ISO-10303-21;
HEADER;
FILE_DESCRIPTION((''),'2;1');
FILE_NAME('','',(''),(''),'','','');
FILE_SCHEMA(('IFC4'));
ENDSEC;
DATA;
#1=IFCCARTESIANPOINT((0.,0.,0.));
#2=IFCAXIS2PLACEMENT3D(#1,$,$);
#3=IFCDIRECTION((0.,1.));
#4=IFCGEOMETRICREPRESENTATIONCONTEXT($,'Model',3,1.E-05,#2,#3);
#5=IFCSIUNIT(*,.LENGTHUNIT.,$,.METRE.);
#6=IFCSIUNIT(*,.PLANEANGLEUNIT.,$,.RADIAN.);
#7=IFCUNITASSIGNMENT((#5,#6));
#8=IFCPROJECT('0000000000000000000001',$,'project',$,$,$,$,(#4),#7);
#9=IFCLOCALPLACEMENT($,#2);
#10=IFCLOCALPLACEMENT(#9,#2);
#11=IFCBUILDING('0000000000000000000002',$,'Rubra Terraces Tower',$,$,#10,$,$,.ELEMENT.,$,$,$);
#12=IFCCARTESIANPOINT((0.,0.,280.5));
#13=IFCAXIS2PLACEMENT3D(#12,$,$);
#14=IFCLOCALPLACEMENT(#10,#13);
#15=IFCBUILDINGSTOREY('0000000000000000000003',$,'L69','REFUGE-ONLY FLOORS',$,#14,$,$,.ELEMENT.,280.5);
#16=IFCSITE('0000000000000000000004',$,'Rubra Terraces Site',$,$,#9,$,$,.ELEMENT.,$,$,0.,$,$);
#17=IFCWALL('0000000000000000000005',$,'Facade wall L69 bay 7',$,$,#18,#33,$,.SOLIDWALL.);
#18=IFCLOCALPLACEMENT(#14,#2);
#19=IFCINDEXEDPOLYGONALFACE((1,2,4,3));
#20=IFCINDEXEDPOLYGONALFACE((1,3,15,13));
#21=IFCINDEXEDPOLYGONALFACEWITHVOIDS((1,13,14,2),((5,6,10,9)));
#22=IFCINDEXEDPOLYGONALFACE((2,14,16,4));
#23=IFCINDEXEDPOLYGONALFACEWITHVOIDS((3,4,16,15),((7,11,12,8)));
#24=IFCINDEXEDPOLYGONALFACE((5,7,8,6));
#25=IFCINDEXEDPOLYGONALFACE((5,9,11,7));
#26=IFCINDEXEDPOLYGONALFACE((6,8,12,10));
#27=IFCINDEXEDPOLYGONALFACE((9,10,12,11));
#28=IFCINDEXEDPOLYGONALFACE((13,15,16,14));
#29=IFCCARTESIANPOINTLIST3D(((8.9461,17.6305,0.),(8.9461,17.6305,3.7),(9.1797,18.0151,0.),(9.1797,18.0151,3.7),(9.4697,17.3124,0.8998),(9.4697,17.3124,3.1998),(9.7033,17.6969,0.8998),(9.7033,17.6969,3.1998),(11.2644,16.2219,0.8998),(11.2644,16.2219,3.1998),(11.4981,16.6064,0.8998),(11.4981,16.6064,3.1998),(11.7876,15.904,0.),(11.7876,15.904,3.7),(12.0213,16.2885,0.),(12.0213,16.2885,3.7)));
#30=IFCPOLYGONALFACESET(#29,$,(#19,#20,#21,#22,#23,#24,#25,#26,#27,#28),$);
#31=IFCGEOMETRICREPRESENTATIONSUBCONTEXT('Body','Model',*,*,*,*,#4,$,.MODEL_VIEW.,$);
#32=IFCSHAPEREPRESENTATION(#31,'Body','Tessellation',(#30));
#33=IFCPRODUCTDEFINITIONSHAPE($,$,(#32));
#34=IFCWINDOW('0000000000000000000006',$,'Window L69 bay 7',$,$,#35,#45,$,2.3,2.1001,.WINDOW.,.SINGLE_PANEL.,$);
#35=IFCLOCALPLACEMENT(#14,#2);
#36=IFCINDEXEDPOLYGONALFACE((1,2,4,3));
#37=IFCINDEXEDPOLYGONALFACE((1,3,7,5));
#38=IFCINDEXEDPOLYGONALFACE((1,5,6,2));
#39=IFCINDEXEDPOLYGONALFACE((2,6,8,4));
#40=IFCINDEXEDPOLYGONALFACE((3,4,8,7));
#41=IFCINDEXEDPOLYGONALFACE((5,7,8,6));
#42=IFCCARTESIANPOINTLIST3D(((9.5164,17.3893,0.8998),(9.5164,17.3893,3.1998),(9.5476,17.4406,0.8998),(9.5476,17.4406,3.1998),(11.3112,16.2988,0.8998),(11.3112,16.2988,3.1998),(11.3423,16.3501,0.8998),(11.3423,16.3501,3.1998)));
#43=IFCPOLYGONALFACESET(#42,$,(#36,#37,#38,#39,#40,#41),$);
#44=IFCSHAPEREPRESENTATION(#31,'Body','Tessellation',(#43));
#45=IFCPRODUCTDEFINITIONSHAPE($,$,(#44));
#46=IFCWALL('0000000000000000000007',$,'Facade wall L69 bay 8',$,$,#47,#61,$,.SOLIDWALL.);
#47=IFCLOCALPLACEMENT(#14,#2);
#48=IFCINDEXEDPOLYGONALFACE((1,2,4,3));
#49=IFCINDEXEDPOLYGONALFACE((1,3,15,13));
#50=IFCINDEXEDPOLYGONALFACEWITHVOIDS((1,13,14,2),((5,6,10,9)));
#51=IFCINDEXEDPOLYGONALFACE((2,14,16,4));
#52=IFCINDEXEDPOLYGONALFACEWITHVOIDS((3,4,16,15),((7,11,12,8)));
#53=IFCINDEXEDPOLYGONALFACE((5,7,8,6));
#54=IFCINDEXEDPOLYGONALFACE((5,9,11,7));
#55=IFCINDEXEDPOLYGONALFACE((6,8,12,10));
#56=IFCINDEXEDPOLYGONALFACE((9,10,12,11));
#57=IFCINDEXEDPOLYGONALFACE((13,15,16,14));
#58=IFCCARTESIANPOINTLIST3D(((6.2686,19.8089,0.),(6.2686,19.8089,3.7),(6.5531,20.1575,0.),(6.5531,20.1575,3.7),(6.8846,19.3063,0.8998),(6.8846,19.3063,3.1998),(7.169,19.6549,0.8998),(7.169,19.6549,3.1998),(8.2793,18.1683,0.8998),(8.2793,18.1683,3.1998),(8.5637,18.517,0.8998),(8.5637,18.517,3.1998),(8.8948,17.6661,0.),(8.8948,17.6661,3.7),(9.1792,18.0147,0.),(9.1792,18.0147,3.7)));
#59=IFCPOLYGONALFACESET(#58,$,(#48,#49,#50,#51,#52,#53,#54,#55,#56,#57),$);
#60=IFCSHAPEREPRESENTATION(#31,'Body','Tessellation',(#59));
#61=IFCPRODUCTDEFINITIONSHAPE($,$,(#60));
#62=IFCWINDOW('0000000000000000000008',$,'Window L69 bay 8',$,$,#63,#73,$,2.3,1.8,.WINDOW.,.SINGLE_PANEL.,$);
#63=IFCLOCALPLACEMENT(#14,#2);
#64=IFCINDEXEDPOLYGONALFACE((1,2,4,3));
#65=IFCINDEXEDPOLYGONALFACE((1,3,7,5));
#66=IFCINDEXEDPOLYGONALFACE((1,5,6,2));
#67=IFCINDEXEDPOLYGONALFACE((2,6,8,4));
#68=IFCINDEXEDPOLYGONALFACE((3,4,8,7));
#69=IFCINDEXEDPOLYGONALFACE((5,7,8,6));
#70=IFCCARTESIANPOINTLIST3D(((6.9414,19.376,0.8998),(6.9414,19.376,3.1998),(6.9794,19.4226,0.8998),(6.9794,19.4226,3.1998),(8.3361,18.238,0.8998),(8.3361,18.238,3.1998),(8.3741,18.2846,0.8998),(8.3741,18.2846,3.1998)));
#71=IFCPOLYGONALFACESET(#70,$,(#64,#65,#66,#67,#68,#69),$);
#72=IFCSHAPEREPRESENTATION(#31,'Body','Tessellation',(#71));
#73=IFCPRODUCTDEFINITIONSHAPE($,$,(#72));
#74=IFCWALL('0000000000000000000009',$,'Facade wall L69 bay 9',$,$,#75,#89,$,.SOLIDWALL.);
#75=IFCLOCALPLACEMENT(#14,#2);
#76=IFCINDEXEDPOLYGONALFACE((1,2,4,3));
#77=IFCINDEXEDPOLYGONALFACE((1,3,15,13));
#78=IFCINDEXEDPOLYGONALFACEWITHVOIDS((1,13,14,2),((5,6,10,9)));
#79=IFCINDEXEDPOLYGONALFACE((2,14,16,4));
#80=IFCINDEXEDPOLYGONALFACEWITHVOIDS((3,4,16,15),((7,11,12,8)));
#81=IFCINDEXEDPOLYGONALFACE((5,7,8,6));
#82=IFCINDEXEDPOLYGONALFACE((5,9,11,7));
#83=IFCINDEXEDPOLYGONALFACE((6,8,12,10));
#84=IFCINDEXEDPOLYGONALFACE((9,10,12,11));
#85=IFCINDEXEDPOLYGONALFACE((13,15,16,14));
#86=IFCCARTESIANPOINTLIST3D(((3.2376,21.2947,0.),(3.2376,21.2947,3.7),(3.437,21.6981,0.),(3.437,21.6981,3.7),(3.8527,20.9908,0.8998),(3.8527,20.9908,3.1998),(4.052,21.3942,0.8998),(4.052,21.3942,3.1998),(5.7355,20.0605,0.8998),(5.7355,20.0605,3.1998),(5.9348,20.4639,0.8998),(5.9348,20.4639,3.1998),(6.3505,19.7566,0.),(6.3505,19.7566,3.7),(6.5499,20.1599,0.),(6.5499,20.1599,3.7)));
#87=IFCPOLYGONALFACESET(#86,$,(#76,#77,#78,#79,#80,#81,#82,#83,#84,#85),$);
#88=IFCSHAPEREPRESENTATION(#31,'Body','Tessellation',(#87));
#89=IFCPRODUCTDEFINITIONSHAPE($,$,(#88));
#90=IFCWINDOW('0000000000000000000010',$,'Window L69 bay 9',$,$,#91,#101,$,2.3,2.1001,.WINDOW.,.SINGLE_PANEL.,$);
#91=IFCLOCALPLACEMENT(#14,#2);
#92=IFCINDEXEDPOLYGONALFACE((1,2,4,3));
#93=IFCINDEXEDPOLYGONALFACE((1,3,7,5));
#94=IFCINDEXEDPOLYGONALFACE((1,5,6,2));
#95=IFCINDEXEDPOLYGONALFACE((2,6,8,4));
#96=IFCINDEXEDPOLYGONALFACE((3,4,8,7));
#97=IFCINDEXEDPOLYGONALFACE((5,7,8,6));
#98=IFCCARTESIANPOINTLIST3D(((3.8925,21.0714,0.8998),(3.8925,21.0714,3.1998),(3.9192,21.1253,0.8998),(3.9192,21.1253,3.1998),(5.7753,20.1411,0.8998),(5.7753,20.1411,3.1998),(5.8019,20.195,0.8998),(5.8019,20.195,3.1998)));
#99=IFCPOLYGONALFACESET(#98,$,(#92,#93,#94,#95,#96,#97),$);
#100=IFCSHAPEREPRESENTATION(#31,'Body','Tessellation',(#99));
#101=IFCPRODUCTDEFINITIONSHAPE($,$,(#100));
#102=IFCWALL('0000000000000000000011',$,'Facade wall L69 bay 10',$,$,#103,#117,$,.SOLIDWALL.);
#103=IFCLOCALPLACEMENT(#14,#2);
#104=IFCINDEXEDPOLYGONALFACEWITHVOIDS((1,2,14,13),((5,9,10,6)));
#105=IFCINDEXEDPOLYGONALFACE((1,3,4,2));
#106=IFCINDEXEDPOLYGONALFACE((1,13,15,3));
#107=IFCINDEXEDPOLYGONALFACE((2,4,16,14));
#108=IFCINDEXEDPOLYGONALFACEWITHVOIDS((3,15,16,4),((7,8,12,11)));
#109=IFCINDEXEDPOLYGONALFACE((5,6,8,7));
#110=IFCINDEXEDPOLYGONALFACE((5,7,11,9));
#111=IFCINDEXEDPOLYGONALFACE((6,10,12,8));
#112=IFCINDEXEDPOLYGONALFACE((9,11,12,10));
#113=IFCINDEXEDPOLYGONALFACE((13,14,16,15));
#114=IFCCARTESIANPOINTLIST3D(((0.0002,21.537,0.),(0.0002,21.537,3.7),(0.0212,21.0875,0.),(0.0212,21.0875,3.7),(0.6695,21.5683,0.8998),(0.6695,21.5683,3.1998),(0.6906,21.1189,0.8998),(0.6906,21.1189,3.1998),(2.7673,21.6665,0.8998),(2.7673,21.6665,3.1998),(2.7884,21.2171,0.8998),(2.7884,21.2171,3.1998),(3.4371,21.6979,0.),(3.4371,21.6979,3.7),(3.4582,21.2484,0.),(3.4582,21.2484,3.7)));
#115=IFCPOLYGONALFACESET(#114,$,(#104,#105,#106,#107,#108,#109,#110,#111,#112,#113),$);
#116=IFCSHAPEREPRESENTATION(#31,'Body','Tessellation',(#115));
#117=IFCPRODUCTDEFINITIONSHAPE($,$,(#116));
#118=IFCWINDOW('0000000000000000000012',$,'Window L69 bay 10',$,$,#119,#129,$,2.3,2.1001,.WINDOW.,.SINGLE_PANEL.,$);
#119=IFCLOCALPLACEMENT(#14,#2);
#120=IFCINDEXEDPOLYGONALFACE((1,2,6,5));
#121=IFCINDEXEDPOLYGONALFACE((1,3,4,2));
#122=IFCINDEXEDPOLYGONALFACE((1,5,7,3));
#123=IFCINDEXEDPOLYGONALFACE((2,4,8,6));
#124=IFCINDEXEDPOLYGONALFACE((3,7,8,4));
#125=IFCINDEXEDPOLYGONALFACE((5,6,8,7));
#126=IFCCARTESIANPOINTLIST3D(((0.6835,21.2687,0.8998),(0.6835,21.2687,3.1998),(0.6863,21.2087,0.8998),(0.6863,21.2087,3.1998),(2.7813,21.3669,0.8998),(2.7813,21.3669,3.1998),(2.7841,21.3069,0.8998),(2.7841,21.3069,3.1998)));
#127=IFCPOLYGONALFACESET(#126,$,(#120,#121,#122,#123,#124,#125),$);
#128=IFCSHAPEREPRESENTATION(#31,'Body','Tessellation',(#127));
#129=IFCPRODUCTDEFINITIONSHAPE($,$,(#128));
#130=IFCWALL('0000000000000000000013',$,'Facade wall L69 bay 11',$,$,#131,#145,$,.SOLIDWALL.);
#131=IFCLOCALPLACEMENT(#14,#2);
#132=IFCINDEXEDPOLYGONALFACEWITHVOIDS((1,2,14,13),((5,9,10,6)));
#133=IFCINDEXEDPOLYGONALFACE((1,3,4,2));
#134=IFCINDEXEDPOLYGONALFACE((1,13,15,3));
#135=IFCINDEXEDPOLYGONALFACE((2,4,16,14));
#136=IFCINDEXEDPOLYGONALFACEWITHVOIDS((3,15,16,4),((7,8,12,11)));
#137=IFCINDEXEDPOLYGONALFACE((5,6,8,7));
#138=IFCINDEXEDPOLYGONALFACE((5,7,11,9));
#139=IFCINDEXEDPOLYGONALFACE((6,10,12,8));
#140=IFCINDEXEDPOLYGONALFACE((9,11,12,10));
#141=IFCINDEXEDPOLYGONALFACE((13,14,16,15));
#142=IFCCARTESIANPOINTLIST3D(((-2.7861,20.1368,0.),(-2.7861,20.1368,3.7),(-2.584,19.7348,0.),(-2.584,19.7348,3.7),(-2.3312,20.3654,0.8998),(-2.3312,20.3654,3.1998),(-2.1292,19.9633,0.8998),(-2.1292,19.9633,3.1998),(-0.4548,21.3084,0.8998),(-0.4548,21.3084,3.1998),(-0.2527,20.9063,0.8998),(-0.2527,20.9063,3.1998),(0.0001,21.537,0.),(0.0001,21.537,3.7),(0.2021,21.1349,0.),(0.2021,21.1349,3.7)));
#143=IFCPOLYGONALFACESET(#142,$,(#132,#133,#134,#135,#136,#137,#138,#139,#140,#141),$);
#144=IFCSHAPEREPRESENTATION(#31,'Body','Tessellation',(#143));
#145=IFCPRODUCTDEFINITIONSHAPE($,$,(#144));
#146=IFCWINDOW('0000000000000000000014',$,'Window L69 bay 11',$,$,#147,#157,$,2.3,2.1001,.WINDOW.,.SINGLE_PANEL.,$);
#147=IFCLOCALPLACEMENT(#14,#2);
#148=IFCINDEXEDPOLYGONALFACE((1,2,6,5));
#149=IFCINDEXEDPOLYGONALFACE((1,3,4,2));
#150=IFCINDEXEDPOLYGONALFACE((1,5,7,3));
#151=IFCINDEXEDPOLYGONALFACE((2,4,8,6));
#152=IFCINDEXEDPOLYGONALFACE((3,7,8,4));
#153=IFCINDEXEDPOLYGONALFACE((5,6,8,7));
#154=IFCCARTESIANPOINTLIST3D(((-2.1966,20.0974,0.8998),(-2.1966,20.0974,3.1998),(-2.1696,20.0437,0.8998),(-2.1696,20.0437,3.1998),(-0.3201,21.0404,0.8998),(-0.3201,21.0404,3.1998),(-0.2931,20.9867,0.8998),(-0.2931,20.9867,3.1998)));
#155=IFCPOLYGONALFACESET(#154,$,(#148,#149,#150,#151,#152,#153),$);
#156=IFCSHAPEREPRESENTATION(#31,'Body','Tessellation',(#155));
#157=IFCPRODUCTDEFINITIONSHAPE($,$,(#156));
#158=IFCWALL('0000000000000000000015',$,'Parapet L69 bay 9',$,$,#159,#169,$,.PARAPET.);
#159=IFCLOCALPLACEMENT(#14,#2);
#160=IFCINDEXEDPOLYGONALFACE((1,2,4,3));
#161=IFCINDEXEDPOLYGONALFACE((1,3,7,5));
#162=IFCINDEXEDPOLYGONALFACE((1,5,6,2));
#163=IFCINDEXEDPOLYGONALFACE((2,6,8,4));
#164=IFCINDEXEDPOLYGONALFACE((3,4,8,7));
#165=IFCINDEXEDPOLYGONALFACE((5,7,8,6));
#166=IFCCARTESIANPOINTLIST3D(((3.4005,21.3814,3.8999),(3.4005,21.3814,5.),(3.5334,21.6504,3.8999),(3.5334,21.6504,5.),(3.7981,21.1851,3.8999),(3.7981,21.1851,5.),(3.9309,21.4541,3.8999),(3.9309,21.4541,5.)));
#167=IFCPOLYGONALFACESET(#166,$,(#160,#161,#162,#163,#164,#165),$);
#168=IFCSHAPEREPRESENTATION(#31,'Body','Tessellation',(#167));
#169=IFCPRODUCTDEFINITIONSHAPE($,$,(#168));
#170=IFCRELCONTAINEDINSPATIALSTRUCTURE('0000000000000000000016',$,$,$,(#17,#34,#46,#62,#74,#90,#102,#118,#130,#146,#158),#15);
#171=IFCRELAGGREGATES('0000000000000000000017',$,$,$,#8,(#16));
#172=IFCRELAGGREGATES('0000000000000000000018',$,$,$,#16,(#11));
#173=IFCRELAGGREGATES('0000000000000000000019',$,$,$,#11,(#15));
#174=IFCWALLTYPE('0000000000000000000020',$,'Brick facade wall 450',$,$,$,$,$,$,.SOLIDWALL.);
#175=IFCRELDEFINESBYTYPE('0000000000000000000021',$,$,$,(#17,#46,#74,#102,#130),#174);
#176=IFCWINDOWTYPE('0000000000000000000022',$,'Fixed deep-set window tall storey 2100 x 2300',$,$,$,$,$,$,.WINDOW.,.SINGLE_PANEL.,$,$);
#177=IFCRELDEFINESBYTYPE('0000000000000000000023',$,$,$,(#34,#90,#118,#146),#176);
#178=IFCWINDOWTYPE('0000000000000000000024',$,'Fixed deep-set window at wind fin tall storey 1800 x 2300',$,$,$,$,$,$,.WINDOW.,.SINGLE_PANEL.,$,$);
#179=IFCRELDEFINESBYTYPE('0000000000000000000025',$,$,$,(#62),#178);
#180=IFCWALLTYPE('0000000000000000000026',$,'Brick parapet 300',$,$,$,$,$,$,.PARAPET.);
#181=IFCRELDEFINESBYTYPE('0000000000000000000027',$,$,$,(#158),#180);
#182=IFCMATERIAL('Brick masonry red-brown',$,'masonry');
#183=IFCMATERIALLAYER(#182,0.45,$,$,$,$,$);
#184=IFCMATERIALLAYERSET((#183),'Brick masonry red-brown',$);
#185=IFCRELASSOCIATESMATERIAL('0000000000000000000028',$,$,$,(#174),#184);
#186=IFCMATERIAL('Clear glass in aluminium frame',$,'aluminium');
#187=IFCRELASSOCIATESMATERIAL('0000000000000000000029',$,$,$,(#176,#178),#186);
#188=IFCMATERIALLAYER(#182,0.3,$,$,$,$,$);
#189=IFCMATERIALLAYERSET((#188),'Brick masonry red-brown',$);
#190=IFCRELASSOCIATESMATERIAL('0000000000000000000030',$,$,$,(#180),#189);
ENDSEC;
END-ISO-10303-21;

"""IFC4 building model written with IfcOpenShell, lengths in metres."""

from ifc_helpers import new_model, si_unit, direction, frame, frame_2d, origin, place, context, subcontext, project, spatial, rectangle, extrude, material, layer, layer_set, type_object, element, fill, save


model = new_model("IFC4")

# Units and contexts
model_context = context("Model", 3, precision=1e-05, world=origin(), true_north=direction((0.0, 1.0)))
body_context = subcontext(model_context, "Body", "Model", "MODEL_VIEW")
ifc_project = project(units=[si_unit("LENGTHUNIT", "METRE"), si_unit("PLANEANGLEUNIT", "RADIAN")], contexts=[model_context])

# Site, building, storey
site_placement = place(None, origin())
site = spatial("IfcSite", under=ifc_project, at=site_placement, Name="Rubra Terraces Site", CompositionType="ELEMENT", RefElevation=0.0)
building_placement = place(site_placement, origin())
building = spatial("IfcBuilding", under=site, at=building_placement, Name="Rubra Terraces Tower", CompositionType="ELEMENT")
storey_placement = place(building_placement, frame((0.0, 0.0, 280.5)))
storey = spatial("IfcBuildingStorey", under=building, at=storey_placement, Name="L69", Description="REFUGE-ONLY FLOORS", CompositionType="ELEMENT", Elevation=280.5)

# Walls, openings, windows
ifc_material_1 = material(Name="Brick masonry red-brown", Category="masonry")
ifc_layer_1 = layer(ifc_material_1, 0.45)
ifc_layer_set_1 = layer_set([ifc_layer_1], Name="Brick masonry red-brown")
wall_type_1 = type_object("IfcWallType", Name="Brick facade wall 450", PredefinedType="SOLIDWALL", material=ifc_layer_set_1)
wall_1_placement = place(storey_placement, frame((11.9045, 16.0962, 0.0), z_axis=(0.0, 0.0, 1.0), x_axis=(-0.854609, 0.519271, 0.0)))
wall_1 = element("IfcWall", 1, at=wall_1_placement, inside=storey, type_object=wall_type_1, Name="Facade wall L69 bay 7", PredefinedType="SOLIDWALL", context=body_context, shape_type="SweptSolid", body=[
    extrude(rectangle(XDim=3.325, YDim=0.45, at=frame_2d((1.6626, 0.0))), origin(), (0.0, 0.0, 1.0), 3.7),
])
opening_1_placement = place(wall_1_placement, frame((0.6123, 0.0, 0.8999)))
opening_1 = element("IfcOpeningElement", 2, at=opening_1_placement, cuts=wall_1, PredefinedType="OPENING", context=body_context, shape_type="SweptSolid", body=[
    extrude(rectangle(XDim=2.1001, YDim=2.3, at=frame_2d((1.05, 1.1499))), frame((0.0, 0.2349, 0.0), z_axis=(0.0, -1.0, 0.0), x_axis=(1.0, 0.0, 0.0)), (0.0, 0.0, 1.0), 0.47),
])
ifc_material_2 = material(Name="Clear glass in aluminium frame", Category="aluminium")
window_type_1 = type_object("IfcWindowType", Name="Fixed deep-set window tall storey 2100 x 2300", PartitioningType="SINGLE_PANEL", PredefinedType="WINDOW", material=ifc_material_2)
window_1_placement = place(opening_1_placement, origin())
window_1 = element("IfcWindow", 3, at=window_1_placement, inside=storey, type_object=window_type_1, Name="Window L69 bay 7", OverallHeight=2.3, OverallWidth=2.1001, PartitioningType="SINGLE_PANEL", PredefinedType="WINDOW", context=body_context, shape_type="SweptSolid", body=[
    extrude(rectangle(XDim=2.1001, YDim=2.3, at=frame_2d((1.05, 1.1499))), frame((0.0, 0.135, 0.0), z_axis=(0.0, -1.0, 0.0), x_axis=(1.0, 0.0, 0.0)), (0.0, 0.0, 1.0), 0.0601),
])
fill(opening_1, window_1)
wall_2_placement = place(storey_placement, frame((9.0371, 17.8403, 0.0), z_axis=(0.0, 0.0, 1.0), x_axis=(-0.77481, 0.632194, 0.0)))
wall_2 = element("IfcWall", 4, at=wall_2_placement, inside=storey, type_object=wall_type_1, Name="Facade wall L69 bay 8", PredefinedType="SOLIDWALL", context=body_context, shape_type="SweptSolid", body=[
    extrude(rectangle(XDim=3.3894, YDim=0.45, at=frame_2d((1.6948, 0.0))), origin(), (0.0, 0.0, 1.0), 3.7),
])
opening_2_placement = place(wall_2_placement, frame((0.7947, 0.0, 0.8999)))
opening_2 = element("IfcOpeningElement", 5, at=opening_2_placement, cuts=wall_2, PredefinedType="OPENING", context=body_context, shape_type="SweptSolid", body=[
    extrude(rectangle(XDim=1.8, YDim=2.3, at=frame_2d((0.8999, 1.1499))), frame((0.0, 0.2349, 0.0), z_axis=(0.0, -1.0, 0.0), x_axis=(1.0, 0.0, 0.0)), (0.0, 0.0, 1.0), 0.47),
])
window_type_2 = type_object("IfcWindowType", Name="Fixed deep-set window at wind fin tall storey 1800 x 2300", PartitioningType="SINGLE_PANEL", PredefinedType="WINDOW", material=ifc_material_2)
window_2_placement = place(opening_2_placement, origin())
window_2 = element("IfcWindow", 6, at=window_2_placement, inside=storey, type_object=window_type_2, Name="Window L69 bay 8", OverallHeight=2.3, OverallWidth=1.8, PartitioningType="SINGLE_PANEL", PredefinedType="WINDOW", context=body_context, shape_type="SweptSolid", body=[
    extrude(rectangle(XDim=1.8, YDim=2.3, at=frame_2d((0.8999, 1.1499))), frame((0.0, 0.135, 0.0), z_axis=(0.0, -1.0, 0.0), x_axis=(1.0, 0.0, 0.0)), (0.0, 0.0, 1.0), 0.0601),
])
fill(opening_2, window_2)
wall_3_placement = place(storey_placement, frame((6.4502, 19.9583, 0.0), z_axis=(0.0, 0.0, 1.0), x_axis=(-0.896527, 0.44299, 0.0)))
wall_3 = element("IfcWall", 7, at=wall_3_placement, inside=storey, type_object=wall_type_1, Name="Facade wall L69 bay 9", PredefinedType="SOLIDWALL", context=body_context, shape_type="SweptSolid", body=[
    extrude(rectangle(XDim=3.4722, YDim=0.45, at=frame_2d((1.7361, 0.0))), origin(), (0.0, 0.0, 1.0), 3.7),
])
opening_3_placement = place(wall_3_placement, frame((0.686, 0.0, 0.8999)))
opening_3 = element("IfcOpeningElement", 8, at=opening_3_placement, cuts=wall_3, PredefinedType="OPENING", context=body_context, shape_type="SweptSolid", body=[
    extrude(rectangle(XDim=2.1001, YDim=2.3, at=frame_2d((1.05, 1.1499))), frame((0.0, 0.2349, 0.0), z_axis=(0.0, -1.0, 0.0), x_axis=(1.0, 0.0, 0.0)), (0.0, 0.0, 1.0), 0.47),
])
window_3_placement = place(opening_3_placement, origin())
window_3 = element("IfcWindow", 9, at=window_3_placement, inside=storey, type_object=window_type_1, Name="Window L69 bay 9", OverallHeight=2.3, OverallWidth=2.1001, PartitioningType="SINGLE_PANEL", PredefinedType="WINDOW", context=body_context, shape_type="SweptSolid", body=[
    extrude(rectangle(XDim=2.1001, YDim=2.3, at=frame_2d((1.05, 1.1499))), frame((0.0, 0.135, 0.0), z_axis=(0.0, -1.0, 0.0), x_axis=(1.0, 0.0, 0.0)), (0.0, 0.0, 1.0), 0.0601),
])
fill(opening_3, window_3)
wall_4_placement = place(storey_placement, frame((3.4475, 21.4731, 0.0), z_axis=(0.0, 0.0, 1.0), x_axis=(-0.998906, -0.046759, 0.0)))
wall_4 = element("IfcWall", 10, at=wall_4_placement, inside=storey, type_object=wall_type_1, Name="Facade wall L69 bay 10", PredefinedType="SOLIDWALL", context=body_context, shape_type="SweptSolid", body=[
    extrude(rectangle(XDim=3.4407, YDim=0.45, at=frame_2d((1.7202, 0.0))), origin(), (0.0, 0.0, 1.0), 3.7),
])
opening_4_placement = place(wall_4_placement, frame((0.6704, 0.0, 0.8999)))
opening_4 = element("IfcOpeningElement", 11, at=opening_4_placement, cuts=wall_4, PredefinedType="OPENING", context=body_context, shape_type="SweptSolid", body=[
    extrude(rectangle(XDim=2.1001, YDim=2.3, at=frame_2d((1.05, 1.1499))), frame((0.0, 0.2349, 0.0), z_axis=(0.0, -1.0, 0.0), x_axis=(1.0, 0.0, 0.0)), (0.0, 0.0, 1.0), 0.47),
])
window_4_placement = place(opening_4_placement, origin())
window_4 = element("IfcWindow", 12, at=window_4_placement, inside=storey, type_object=window_type_1, Name="Window L69 bay 10", OverallHeight=2.3, OverallWidth=2.1001, PartitioningType="SINGLE_PANEL", PredefinedType="WINDOW", context=body_context, shape_type="SweptSolid", body=[
    extrude(rectangle(XDim=2.1001, YDim=2.3, at=frame_2d((1.05, 1.1499))), frame((0.0, 0.135, 0.0), z_axis=(0.0, -1.0, 0.0), x_axis=(1.0, 0.0, 0.0)), (0.0, 0.0, 1.0), 0.0601),
])
fill(opening_4, window_4)
wall_5_placement = place(storey_placement, frame((0.1011, 21.3359, 0.0), z_axis=(0.0, 0.0, 1.0), x_axis=(-0.893517, -0.449029, 0.0)))
wall_5 = element("IfcWall", 13, at=wall_5_placement, inside=storey, type_object=wall_type_1, Name="Facade wall L69 bay 11", PredefinedType="SOLIDWALL", context=body_context, shape_type="SweptSolid", body=[
    extrude(rectangle(XDim=3.1182, YDim=0.45, at=frame_2d((1.5591, 0.0))), origin(), (0.0, 0.0, 1.0), 3.7),
])
opening_5_placement = place(wall_5_placement, frame((0.509, 0.0, 0.8999)))
opening_5 = element("IfcOpeningElement", 14, at=opening_5_placement, cuts=wall_5, PredefinedType="OPENING", context=body_context, shape_type="SweptSolid", body=[
    extrude(rectangle(XDim=2.1001, YDim=2.3, at=frame_2d((1.05, 1.1499))), frame((0.0, 0.2349, 0.0), z_axis=(0.0, -1.0, 0.0), x_axis=(1.0, 0.0, 0.0)), (0.0, 0.0, 1.0), 0.47),
])
window_5_placement = place(opening_5_placement, origin())
window_5 = element("IfcWindow", 15, at=window_5_placement, inside=storey, type_object=window_type_1, Name="Window L69 bay 11", OverallHeight=2.3, OverallWidth=2.1001, PartitioningType="SINGLE_PANEL", PredefinedType="WINDOW", context=body_context, shape_type="SweptSolid", body=[
    extrude(rectangle(XDim=2.1001, YDim=2.3, at=frame_2d((1.05, 1.1499))), frame((0.0, 0.135, 0.0), z_axis=(0.0, -1.0, 0.0), x_axis=(1.0, 0.0, 0.0)), (0.0, 0.0, 1.0), 0.0601),
])
fill(opening_5, window_5)

# Wall
ifc_layer_2 = layer(ifc_material_1, 0.3)
ifc_layer_set_2 = layer_set([ifc_layer_2], Name="Brick masonry red-brown")
wall_type_2 = type_object("IfcWallType", Name="Brick parapet 300", PredefinedType="PARAPET", material=ifc_layer_set_2)
wall_6_placement = place(storey_placement, frame((3.8645, 21.3196, 3.8999), z_axis=(0.0, 0.0, 1.0), x_axis=(-0.896619, 0.442802, 0.0)))
element("IfcWall", 16, at=wall_6_placement, inside=storey, type_object=wall_type_2, Name="Parapet L69 bay 9", PredefinedType="PARAPET", context=body_context, shape_type="SweptSolid", body=[
    extrude(rectangle(XDim=0.4434, YDim=0.3, at=frame_2d((0.2217, 0.0))), origin(), (0.0, 0.0, 1.0), 1.1001),
])

save(model, "model.ifc")
